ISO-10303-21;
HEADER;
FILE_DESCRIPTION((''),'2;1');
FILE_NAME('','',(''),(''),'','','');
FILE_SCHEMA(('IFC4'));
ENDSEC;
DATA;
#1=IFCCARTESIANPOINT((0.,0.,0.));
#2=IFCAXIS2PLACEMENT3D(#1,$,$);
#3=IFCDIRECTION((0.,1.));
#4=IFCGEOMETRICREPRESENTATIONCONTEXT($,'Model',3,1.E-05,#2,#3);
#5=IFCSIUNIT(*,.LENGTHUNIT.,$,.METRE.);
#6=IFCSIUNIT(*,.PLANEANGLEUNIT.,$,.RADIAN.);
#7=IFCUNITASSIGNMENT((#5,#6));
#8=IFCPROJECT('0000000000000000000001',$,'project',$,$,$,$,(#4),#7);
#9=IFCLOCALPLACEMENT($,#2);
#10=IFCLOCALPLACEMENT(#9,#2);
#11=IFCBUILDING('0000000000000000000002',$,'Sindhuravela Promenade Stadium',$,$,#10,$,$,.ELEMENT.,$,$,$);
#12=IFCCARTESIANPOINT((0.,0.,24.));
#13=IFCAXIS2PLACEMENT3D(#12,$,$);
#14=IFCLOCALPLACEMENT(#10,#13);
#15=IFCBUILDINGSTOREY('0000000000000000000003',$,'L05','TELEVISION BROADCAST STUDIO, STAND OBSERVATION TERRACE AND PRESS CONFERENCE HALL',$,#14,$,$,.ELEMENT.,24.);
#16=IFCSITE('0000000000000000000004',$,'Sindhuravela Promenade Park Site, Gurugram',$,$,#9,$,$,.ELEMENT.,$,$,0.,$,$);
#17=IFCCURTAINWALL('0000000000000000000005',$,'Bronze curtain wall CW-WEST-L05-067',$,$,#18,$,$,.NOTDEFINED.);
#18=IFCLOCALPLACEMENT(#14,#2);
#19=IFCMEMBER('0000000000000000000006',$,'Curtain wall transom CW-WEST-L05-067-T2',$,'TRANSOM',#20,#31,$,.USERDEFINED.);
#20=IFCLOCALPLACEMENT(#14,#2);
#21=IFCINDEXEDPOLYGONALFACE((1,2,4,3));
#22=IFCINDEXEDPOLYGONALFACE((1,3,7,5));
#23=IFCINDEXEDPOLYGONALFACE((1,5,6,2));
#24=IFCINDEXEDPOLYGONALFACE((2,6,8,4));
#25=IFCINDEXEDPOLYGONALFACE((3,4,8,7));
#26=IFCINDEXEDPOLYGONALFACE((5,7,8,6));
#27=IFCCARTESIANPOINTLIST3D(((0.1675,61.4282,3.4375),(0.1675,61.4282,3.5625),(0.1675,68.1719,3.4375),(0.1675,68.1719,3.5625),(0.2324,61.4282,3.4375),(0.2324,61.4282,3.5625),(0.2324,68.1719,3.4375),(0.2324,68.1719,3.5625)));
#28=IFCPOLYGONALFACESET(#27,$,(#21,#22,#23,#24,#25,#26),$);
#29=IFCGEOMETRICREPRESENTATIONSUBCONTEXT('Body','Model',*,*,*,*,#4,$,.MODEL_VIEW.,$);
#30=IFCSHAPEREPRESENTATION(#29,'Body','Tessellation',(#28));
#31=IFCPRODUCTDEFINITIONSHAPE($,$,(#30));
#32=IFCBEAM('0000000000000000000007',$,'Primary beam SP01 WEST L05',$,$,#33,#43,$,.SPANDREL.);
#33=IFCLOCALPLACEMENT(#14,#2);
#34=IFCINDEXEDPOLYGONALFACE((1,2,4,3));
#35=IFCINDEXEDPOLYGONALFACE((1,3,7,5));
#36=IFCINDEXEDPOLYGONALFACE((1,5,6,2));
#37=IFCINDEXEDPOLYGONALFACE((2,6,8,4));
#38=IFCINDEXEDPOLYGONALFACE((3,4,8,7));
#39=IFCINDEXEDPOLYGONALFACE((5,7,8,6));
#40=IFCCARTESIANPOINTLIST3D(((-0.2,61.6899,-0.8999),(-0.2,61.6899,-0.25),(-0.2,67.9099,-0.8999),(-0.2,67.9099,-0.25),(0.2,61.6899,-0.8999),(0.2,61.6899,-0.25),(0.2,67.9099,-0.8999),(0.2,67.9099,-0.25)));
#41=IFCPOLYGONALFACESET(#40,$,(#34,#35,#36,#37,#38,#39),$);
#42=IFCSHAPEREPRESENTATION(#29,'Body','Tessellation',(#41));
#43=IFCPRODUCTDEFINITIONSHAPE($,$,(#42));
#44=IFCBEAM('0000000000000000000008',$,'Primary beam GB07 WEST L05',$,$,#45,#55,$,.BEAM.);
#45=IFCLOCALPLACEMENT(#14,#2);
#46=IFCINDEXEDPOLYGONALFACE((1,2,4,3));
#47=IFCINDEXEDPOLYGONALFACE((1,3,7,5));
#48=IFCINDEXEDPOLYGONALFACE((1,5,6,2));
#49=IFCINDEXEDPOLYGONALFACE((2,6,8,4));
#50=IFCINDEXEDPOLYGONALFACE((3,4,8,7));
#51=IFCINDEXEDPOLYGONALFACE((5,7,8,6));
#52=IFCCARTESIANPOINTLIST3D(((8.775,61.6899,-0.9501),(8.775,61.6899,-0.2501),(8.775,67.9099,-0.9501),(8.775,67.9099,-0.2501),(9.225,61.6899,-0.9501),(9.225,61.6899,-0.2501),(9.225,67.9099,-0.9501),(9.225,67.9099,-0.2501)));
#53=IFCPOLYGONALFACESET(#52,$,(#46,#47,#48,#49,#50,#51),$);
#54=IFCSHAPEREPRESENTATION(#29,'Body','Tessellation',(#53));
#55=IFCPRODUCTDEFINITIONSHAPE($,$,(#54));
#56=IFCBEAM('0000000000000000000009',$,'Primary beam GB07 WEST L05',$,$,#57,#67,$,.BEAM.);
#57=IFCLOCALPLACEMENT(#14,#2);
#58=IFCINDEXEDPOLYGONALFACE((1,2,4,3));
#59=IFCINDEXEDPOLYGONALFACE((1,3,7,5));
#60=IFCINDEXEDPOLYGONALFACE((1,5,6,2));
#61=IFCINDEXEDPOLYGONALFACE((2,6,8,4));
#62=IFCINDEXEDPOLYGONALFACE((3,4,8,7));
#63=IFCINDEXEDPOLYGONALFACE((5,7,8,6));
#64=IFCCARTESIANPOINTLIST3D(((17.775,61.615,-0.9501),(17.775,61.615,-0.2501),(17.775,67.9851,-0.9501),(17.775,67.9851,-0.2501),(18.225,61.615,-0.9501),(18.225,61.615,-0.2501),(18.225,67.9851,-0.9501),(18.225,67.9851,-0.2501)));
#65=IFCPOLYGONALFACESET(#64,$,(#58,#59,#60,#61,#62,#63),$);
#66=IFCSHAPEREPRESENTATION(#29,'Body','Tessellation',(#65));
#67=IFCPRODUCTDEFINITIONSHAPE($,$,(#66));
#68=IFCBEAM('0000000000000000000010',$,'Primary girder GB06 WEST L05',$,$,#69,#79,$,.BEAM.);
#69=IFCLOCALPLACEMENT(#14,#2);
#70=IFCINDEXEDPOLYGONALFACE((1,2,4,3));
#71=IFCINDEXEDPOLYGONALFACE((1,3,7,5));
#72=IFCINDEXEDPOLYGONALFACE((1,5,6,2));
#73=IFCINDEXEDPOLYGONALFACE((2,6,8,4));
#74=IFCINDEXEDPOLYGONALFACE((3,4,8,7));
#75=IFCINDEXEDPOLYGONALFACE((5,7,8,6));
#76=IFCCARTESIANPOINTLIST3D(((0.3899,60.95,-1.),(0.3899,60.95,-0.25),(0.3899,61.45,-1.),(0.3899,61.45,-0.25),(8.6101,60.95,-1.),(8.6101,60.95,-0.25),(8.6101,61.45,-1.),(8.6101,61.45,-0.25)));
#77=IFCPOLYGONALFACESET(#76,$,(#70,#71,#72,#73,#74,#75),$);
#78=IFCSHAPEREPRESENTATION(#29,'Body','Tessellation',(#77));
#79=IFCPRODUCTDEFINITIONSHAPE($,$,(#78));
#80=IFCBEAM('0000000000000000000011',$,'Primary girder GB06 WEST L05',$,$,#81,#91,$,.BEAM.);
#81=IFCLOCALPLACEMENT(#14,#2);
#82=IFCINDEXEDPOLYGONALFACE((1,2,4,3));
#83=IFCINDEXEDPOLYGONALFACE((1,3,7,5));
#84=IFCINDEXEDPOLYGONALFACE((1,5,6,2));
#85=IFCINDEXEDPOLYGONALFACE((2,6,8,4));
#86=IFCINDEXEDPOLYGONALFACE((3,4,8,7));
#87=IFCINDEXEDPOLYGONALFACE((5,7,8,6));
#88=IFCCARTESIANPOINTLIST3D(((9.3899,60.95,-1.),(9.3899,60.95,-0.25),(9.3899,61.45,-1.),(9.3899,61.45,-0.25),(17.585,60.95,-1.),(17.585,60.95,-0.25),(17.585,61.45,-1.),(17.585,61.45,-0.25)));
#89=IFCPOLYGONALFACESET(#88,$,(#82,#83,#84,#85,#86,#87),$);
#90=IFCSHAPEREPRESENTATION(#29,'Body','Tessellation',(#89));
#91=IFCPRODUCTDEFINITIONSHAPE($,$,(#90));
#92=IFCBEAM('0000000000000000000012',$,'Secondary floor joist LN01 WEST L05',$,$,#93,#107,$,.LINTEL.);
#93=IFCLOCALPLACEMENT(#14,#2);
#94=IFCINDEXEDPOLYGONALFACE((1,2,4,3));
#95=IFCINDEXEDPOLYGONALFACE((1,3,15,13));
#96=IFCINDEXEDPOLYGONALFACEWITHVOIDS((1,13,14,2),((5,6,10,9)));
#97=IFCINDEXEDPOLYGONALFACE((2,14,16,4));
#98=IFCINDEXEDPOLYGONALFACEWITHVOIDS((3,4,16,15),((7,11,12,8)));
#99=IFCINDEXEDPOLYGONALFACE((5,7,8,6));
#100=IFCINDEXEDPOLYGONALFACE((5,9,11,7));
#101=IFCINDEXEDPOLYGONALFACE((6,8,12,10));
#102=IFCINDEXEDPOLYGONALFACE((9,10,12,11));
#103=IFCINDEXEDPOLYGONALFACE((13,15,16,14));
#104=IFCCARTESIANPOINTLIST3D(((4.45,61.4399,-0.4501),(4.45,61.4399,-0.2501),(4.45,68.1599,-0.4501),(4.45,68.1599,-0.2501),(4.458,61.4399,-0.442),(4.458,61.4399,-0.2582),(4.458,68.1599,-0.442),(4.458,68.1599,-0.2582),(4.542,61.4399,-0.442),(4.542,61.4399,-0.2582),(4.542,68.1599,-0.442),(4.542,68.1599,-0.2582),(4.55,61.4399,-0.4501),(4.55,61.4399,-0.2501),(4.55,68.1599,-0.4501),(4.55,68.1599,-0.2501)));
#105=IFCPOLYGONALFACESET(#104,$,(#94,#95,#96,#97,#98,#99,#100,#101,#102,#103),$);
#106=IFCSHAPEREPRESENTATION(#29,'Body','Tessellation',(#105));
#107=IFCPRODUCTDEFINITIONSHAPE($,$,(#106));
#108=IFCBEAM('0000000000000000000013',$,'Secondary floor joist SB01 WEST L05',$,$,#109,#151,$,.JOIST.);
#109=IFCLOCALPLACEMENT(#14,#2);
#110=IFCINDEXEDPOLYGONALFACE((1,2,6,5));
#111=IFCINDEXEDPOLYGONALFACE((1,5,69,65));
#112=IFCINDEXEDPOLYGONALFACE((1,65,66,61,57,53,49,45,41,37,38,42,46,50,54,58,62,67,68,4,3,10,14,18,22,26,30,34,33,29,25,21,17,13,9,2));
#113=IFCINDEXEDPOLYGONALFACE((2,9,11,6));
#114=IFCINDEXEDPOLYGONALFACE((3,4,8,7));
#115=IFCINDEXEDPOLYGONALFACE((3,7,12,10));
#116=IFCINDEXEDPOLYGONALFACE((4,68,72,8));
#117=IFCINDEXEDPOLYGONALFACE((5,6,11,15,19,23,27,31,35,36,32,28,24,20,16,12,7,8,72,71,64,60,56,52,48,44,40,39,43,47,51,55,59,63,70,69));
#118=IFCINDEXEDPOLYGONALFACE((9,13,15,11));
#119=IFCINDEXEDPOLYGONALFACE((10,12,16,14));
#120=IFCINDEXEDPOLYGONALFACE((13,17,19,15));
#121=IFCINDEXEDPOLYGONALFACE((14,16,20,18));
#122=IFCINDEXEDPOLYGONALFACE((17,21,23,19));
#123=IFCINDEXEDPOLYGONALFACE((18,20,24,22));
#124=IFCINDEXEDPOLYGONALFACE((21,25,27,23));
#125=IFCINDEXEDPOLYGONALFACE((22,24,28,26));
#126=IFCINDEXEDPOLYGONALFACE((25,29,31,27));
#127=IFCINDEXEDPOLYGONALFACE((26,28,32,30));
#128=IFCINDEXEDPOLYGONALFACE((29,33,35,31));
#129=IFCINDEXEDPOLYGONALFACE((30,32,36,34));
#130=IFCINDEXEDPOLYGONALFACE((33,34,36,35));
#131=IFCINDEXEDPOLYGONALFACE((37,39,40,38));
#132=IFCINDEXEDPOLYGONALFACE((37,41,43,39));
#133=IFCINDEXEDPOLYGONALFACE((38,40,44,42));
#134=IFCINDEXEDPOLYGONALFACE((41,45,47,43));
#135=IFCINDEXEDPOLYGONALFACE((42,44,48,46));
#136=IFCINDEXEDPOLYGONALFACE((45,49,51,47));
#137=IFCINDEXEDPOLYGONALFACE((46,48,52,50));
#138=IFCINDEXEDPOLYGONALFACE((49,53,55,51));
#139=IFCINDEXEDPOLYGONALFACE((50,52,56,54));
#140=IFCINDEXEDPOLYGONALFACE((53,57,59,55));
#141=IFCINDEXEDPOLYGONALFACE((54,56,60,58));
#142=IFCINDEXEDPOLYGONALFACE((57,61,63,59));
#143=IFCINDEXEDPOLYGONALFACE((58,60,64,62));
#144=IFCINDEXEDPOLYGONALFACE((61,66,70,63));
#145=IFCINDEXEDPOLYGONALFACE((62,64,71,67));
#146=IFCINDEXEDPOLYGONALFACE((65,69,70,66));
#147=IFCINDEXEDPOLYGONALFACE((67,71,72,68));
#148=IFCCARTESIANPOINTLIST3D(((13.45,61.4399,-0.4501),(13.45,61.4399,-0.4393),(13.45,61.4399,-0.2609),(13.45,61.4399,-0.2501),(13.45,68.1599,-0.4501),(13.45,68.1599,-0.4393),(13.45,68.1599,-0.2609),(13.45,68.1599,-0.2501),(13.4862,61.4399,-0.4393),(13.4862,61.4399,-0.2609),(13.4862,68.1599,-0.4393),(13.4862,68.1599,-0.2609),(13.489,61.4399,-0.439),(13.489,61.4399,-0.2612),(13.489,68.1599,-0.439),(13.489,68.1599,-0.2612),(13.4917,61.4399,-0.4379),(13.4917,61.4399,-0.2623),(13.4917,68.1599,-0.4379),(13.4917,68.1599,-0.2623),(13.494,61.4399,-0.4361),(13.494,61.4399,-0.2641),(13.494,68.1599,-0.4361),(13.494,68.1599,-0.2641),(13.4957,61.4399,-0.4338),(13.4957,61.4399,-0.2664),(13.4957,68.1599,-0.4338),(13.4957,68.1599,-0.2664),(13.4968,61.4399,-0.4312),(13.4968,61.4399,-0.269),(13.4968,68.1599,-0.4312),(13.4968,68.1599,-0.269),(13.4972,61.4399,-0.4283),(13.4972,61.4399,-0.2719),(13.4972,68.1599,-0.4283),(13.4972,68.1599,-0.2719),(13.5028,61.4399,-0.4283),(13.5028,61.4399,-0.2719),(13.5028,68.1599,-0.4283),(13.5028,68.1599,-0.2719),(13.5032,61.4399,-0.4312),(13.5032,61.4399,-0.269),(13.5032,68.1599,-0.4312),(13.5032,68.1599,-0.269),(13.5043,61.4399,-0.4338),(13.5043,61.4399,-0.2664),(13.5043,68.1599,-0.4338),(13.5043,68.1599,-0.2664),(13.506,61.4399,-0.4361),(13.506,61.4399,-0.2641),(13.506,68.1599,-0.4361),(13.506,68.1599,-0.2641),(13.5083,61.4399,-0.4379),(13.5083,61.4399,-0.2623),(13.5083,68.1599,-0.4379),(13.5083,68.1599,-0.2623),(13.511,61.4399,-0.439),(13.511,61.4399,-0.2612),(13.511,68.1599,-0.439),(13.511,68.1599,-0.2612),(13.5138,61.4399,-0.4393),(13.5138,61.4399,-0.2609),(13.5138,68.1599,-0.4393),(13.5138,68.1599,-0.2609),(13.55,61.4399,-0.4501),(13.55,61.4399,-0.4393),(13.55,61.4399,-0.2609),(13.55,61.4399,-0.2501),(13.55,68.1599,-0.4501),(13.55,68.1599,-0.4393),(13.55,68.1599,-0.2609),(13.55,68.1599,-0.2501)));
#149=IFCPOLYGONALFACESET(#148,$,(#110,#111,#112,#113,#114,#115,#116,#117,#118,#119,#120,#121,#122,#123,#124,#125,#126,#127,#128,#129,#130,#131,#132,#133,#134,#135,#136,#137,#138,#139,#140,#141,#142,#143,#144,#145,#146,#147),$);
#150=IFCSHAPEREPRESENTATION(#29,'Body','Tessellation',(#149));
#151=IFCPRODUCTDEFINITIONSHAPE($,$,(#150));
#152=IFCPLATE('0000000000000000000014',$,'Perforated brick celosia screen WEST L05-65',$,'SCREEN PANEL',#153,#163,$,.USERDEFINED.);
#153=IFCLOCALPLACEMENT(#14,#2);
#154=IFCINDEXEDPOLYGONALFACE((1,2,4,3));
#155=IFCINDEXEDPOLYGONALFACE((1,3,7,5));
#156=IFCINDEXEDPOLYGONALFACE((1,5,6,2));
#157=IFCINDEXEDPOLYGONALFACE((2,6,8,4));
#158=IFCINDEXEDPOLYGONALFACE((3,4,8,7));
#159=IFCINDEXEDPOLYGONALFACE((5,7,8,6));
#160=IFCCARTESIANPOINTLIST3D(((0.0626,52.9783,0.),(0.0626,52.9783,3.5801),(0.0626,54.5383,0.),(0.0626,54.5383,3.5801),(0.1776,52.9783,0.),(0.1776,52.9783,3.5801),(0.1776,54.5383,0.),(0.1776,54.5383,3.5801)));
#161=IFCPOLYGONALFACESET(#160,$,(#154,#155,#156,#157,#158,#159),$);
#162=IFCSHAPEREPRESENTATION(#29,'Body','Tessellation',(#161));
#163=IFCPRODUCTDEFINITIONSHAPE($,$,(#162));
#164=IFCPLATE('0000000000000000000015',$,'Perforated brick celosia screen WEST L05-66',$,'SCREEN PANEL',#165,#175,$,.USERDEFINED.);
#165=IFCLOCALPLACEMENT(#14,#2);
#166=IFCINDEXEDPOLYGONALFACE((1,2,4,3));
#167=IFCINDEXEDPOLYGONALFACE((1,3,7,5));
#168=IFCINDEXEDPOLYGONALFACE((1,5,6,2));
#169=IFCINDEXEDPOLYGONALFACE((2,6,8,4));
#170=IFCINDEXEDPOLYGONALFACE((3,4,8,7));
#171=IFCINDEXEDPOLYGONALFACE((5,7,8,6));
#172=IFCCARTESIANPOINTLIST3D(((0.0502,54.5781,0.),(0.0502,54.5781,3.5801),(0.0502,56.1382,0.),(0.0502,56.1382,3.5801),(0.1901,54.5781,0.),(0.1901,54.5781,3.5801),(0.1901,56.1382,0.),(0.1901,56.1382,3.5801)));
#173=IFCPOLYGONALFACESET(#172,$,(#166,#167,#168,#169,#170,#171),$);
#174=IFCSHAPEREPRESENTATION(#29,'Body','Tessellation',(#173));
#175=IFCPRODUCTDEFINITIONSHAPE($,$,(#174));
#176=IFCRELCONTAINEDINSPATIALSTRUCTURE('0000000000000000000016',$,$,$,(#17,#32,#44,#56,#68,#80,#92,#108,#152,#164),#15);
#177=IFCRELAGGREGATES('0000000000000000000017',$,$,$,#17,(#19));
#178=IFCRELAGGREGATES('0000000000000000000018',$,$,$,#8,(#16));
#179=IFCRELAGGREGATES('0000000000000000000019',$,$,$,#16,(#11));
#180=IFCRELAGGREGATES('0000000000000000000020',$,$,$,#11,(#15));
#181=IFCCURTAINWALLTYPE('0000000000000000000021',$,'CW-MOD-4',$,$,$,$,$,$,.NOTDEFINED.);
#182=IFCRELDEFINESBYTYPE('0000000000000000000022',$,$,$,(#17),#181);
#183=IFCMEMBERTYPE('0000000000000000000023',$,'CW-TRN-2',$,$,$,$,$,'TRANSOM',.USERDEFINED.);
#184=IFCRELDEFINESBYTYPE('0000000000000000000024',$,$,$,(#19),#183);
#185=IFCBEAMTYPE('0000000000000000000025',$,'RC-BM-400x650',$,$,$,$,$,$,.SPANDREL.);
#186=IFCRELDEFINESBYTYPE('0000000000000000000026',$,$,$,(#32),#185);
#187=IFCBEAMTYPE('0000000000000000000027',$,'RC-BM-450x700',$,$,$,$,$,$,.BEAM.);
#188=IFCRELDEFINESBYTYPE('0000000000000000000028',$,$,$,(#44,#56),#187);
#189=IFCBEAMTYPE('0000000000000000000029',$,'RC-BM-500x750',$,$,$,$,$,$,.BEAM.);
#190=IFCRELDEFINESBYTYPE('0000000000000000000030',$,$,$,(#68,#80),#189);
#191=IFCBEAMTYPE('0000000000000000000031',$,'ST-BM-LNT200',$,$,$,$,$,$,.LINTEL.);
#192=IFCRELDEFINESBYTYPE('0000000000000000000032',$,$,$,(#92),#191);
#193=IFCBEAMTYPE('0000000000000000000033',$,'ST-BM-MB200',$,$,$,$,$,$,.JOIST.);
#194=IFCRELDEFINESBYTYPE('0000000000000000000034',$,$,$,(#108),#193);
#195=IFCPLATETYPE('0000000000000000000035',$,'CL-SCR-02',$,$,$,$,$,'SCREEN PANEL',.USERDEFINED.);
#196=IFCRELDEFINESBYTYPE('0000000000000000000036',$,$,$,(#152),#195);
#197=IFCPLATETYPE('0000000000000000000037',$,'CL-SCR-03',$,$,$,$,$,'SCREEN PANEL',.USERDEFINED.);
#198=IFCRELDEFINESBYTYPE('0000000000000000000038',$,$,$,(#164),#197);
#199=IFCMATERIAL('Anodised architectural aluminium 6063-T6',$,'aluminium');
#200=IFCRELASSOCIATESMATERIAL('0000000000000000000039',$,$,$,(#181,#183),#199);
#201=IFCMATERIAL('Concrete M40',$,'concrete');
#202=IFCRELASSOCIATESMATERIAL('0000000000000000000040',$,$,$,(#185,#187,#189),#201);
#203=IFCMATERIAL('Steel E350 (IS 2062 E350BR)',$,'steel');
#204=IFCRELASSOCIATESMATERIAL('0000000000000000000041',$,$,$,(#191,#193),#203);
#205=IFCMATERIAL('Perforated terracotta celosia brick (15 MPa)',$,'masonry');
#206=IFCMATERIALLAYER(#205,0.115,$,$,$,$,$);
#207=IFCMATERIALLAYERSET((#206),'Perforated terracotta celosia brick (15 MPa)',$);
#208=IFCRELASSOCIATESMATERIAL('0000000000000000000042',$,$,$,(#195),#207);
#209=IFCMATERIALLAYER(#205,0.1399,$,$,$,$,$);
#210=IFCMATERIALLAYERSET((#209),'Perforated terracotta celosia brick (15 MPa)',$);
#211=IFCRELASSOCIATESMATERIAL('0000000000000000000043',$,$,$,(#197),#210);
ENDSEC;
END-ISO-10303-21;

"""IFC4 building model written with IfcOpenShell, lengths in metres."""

from ifc_helpers import new_model, si_unit, direction, frame, origin, origin_2d, place, context, subcontext, project, spatial, rectangle, hollow_rectangle, i_section, extrude, material, layer, layer_set, material_profile, profile_set, type_object, element, aggregate, save


model = new_model("IFC4")

# Units and contexts
model_context = context("Model", 3, precision=1e-05, world=origin(), true_north=direction((0.0, 1.0)))
body_context = subcontext(model_context, "Body", "Model", "MODEL_VIEW")
ifc_project = project(units=[si_unit("LENGTHUNIT", "METRE"), si_unit("PLANEANGLEUNIT", "RADIAN")], contexts=[model_context])

# Site, building, storey
site_placement = place(None, origin())
site = spatial("IfcSite", under=ifc_project, at=site_placement, Name="Sindhuravela Promenade Park Site, Gurugram", CompositionType="ELEMENT", RefElevation=0.0)
building_placement = place(site_placement, origin())
building = spatial("IfcBuilding", under=site, at=building_placement, Name="Sindhuravela Promenade Stadium", CompositionType="ELEMENT")
storey_placement = place(building_placement, frame((0.0, 0.0, 24.0)))
storey = spatial("IfcBuildingStorey", under=building, at=storey_placement, Name="L05", Description="TELEVISION BROADCAST STUDIO, STAND OBSERVATION TERRACE AND PRESS CONFERENCE HALL", CompositionType="ELEMENT", Elevation=24.0)

# Shared definitions
ifc_material_1 = material(Name="Concrete M40", Category="concrete")
ifc_material_2 = material(Name="Steel E350 (IS 2062 E350BR)", Category="steel")

# Curtain wall, member
ifc_material_3 = material(Name="Anodised architectural aluminium 6063-T6", Category="aluminium")
curtain_wall_type_1 = type_object("IfcCurtainWallType", Name="CW-MOD-4", PredefinedType="NOTDEFINED", material=ifc_material_3)
curtain_wall_1_placement = place(storey_placement, origin())
curtain_wall_1 = element("IfcCurtainWall", 1, at=curtain_wall_1_placement, inside=storey, type_object=curtain_wall_type_1, Name="Bronze curtain wall CW-WEST-L05-067", PredefinedType="NOTDEFINED")
ifc_material_profile_1 = material_profile(ifc_material_3, rectangle(XDim=0.0649, YDim=0.125, at=origin_2d()), Name="ALU TRAN 65x125")
ifc_profile_set_1 = profile_set([ifc_material_profile_1], Name="Anodised architectural aluminium 6063-T6")
member_type_1 = type_object("IfcMemberType", Name="CW-TRN-2", ElementType="TRANSOM", PredefinedType="USERDEFINED", material=ifc_profile_set_1)
member_1_placement = place(storey_placement, frame((0.2, 61.4282, 3.5), z_axis=(0.0, 1.0, 0.0), x_axis=(-1.0, 0.0, 0.0)))
member_1 = element("IfcMember", 2, at=member_1_placement, type_object=member_type_1, Name="Curtain wall transom CW-WEST-L05-067-T2", ObjectType="TRANSOM", PredefinedType="USERDEFINED", context=body_context, shape_type="SweptSolid", body=[
    extrude(rectangle(XDim=0.0649, YDim=0.125, at=origin_2d()), origin(), (0.0, 0.0, 1.0), 6.7437),
])

# Beams
ifc_material_profile_2 = material_profile(ifc_material_1, rectangle(XDim=0.3999, YDim=0.6499, at=origin_2d()), Name="RC 400x650")
ifc_profile_set_2 = profile_set([ifc_material_profile_2], Name="Concrete M40")
beam_type_1 = type_object("IfcBeamType", Name="RC-BM-400x650", PredefinedType="SPANDREL", material=ifc_profile_set_2)
beam_1_placement = place(storey_placement, frame((0.0, 61.6899, -0.575), z_axis=(0.0, 1.0, 0.0), x_axis=(-1.0, 0.0, 0.0)))
element("IfcBeam", 3, at=beam_1_placement, inside=storey, type_object=beam_type_1, Name="Primary beam SP01 WEST L05", PredefinedType="SPANDREL", context=body_context, shape_type="SweptSolid", body=[
    extrude(rectangle(XDim=0.3999, YDim=0.6499, at=origin_2d()), origin(), (0.0, 0.0, 1.0), 6.22),
])
ifc_material_profile_3 = material_profile(ifc_material_1, rectangle(XDim=0.45, YDim=0.7, at=origin_2d()), Name="RC 450x700")
ifc_profile_set_3 = profile_set([ifc_material_profile_3], Name="Concrete M40")
beam_type_2 = type_object("IfcBeamType", Name="RC-BM-450x700", PredefinedType="BEAM", material=ifc_profile_set_3)
beam_2_placement = place(storey_placement, frame((9.0, 61.6899, -0.6001), z_axis=(0.0, 1.0, 0.0), x_axis=(-1.0, 0.0, 0.0)))
element("IfcBeam", 4, at=beam_2_placement, inside=storey, type_object=beam_type_2, Name="Primary beam GB07 WEST L05", PredefinedType="BEAM", context=body_context, shape_type="SweptSolid", body=[
    extrude(rectangle(XDim=0.45, YDim=0.7, at=origin_2d()), origin(), (0.0, 0.0, 1.0), 6.22),
])
beam_3_placement = place(storey_placement, frame((18.0, 61.615, -0.6001), z_axis=(0.0, 1.0, 0.0), x_axis=(-1.0, 0.0, 0.0)))
element("IfcBeam", 5, at=beam_3_placement, inside=storey, type_object=beam_type_2, Name="Primary beam GB07 WEST L05", PredefinedType="BEAM", context=body_context, shape_type="SweptSolid", body=[
    extrude(rectangle(XDim=0.45, YDim=0.7, at=origin_2d()), origin(), (0.0, 0.0, 1.0), 6.3701),
])
ifc_material_profile_4 = material_profile(ifc_material_1, rectangle(XDim=0.5, YDim=0.75, at=origin_2d()), Name="RC 500x750")
ifc_profile_set_4 = profile_set([ifc_material_profile_4], Name="Concrete M40")
beam_type_3 = type_object("IfcBeamType", Name="RC-BM-500x750", PredefinedType="BEAM", material=ifc_profile_set_4)
beam_4_placement = place(storey_placement, frame((0.3899, 61.2, -0.625), z_axis=(1.0, 0.0, 0.0), x_axis=(0.0, 1.0, 0.0)))
element("IfcBeam", 6, at=beam_4_placement, inside=storey, type_object=beam_type_3, Name="Primary girder GB06 WEST L05", PredefinedType="BEAM", context=body_context, shape_type="SweptSolid", body=[
    extrude(rectangle(XDim=0.5, YDim=0.75, at=origin_2d()), origin(), (0.0, 0.0, 1.0), 8.2202),
])
beam_5_placement = place(storey_placement, frame((9.3899, 61.2, -0.625), z_axis=(1.0, 0.0, 0.0), x_axis=(0.0, 1.0, 0.0)))
element("IfcBeam", 7, at=beam_5_placement, inside=storey, type_object=beam_type_3, Name="Primary girder GB06 WEST L05", PredefinedType="BEAM", context=body_context, shape_type="SweptSolid", body=[
    extrude(rectangle(XDim=0.5, YDim=0.75, at=origin_2d()), origin(), (0.0, 0.0, 1.0), 8.1951),
])
ifc_material_profile_5 = material_profile(ifc_material_2, hollow_rectangle(XDim=0.1001, YDim=0.2, WallThickness=0.0081, at=origin_2d()), Name="RHS 200x100x8")
ifc_profile_set_5 = profile_set([ifc_material_profile_5], Name="Steel E350 (IS 2062 E350BR)")
beam_type_4 = type_object("IfcBeamType", Name="ST-BM-LNT200", PredefinedType="LINTEL", material=ifc_profile_set_5)
beam_6_placement = place(storey_placement, frame((4.5, 61.4399, -0.3501), z_axis=(0.0, 1.0, 0.0), x_axis=(-1.0, 0.0, 0.0)))
element("IfcBeam", 8, at=beam_6_placement, inside=storey, type_object=beam_type_4, Name="Secondary floor joist LN01 WEST L05", PredefinedType="LINTEL", context=body_context, shape_type="SweptSolid", body=[
    extrude(hollow_rectangle(XDim=0.1001, YDim=0.2, WallThickness=0.0081, at=origin_2d()), origin(), (0.0, 0.0, 1.0), 6.72),
])
ifc_material_profile_6 = material_profile(ifc_material_2, i_section(OverallWidth=0.1001, OverallDepth=0.2, WebThickness=0.0056, FlangeThickness=0.0107, FilletRadius=0.011, at=origin_2d()), Name="ISMB 200")
ifc_profile_set_6 = profile_set([ifc_material_profile_6], Name="Steel E350 (IS 2062 E350BR)")
beam_type_5 = type_object("IfcBeamType", Name="ST-BM-MB200", PredefinedType="JOIST", material=ifc_profile_set_6)
beam_7_placement = place(storey_placement, frame((13.5, 61.4399, -0.3501), z_axis=(0.0, 1.0, 0.0), x_axis=(-1.0, 0.0, 0.0)))
element("IfcBeam", 9, at=beam_7_placement, inside=storey, type_object=beam_type_5, Name="Secondary floor joist SB01 WEST L05", PredefinedType="JOIST", context=body_context, shape_type="SweptSolid", body=[
    extrude(i_section(OverallWidth=0.1001, OverallDepth=0.2, WebThickness=0.0056, FlangeThickness=0.0107, FilletRadius=0.011, at=origin_2d()), origin(), (0.0, 0.0, 1.0), 6.72),
])

# Plates
ifc_material_4 = material(Name="Perforated terracotta celosia brick (15 MPa)", Category="masonry")
ifc_layer_1 = layer(ifc_material_4, 0.115)
ifc_layer_set_1 = layer_set([ifc_layer_1], Name="Perforated terracotta celosia brick (15 MPa)")
plate_type_1 = type_object("IfcPlateType", Name="CL-SCR-02", ElementType="SCREEN PANEL", PredefinedType="USERDEFINED", material=ifc_layer_set_1)
plate_1_placement = place(storey_placement, frame((0.1201, 53.7583, 0.0), z_axis=(0.0, 0.0, 1.0), x_axis=(0.0, 1.0, 0.0)))
element("IfcPlate", 10, at=plate_1_placement, inside=storey, type_object=plate_type_1, Name="Perforated brick celosia screen WEST L05-65", ObjectType="SCREEN PANEL", PredefinedType="USERDEFINED", context=body_context, shape_type="SweptSolid", body=[
    extrude(rectangle(XDim=1.5601, YDim=0.115, at=origin_2d()), origin(), (0.0, 0.0, 1.0), 3.5801),
])
ifc_layer_2 = layer(ifc_material_4, 0.1399)
ifc_layer_set_2 = layer_set([ifc_layer_2], Name="Perforated terracotta celosia brick (15 MPa)")
plate_type_2 = type_object("IfcPlateType", Name="CL-SCR-03", ElementType="SCREEN PANEL", PredefinedType="USERDEFINED", material=ifc_layer_set_2)
plate_2_placement = place(storey_placement, frame((0.1201, 55.3582, 0.0), z_axis=(0.0, 0.0, 1.0), x_axis=(0.0, 1.0, 0.0)))
element("IfcPlate", 11, at=plate_2_placement, inside=storey, type_object=plate_type_2, Name="Perforated brick celosia screen WEST L05-66", ObjectType="SCREEN PANEL", PredefinedType="USERDEFINED", context=body_context, shape_type="SweptSolid", body=[
    extrude(rectangle(XDim=1.5601, YDim=0.1399, at=origin_2d()), origin(), (0.0, 0.0, 1.0), 3.5801),
])

aggregate(curtain_wall_1, [member_1])

save(model, "model.ifc")
